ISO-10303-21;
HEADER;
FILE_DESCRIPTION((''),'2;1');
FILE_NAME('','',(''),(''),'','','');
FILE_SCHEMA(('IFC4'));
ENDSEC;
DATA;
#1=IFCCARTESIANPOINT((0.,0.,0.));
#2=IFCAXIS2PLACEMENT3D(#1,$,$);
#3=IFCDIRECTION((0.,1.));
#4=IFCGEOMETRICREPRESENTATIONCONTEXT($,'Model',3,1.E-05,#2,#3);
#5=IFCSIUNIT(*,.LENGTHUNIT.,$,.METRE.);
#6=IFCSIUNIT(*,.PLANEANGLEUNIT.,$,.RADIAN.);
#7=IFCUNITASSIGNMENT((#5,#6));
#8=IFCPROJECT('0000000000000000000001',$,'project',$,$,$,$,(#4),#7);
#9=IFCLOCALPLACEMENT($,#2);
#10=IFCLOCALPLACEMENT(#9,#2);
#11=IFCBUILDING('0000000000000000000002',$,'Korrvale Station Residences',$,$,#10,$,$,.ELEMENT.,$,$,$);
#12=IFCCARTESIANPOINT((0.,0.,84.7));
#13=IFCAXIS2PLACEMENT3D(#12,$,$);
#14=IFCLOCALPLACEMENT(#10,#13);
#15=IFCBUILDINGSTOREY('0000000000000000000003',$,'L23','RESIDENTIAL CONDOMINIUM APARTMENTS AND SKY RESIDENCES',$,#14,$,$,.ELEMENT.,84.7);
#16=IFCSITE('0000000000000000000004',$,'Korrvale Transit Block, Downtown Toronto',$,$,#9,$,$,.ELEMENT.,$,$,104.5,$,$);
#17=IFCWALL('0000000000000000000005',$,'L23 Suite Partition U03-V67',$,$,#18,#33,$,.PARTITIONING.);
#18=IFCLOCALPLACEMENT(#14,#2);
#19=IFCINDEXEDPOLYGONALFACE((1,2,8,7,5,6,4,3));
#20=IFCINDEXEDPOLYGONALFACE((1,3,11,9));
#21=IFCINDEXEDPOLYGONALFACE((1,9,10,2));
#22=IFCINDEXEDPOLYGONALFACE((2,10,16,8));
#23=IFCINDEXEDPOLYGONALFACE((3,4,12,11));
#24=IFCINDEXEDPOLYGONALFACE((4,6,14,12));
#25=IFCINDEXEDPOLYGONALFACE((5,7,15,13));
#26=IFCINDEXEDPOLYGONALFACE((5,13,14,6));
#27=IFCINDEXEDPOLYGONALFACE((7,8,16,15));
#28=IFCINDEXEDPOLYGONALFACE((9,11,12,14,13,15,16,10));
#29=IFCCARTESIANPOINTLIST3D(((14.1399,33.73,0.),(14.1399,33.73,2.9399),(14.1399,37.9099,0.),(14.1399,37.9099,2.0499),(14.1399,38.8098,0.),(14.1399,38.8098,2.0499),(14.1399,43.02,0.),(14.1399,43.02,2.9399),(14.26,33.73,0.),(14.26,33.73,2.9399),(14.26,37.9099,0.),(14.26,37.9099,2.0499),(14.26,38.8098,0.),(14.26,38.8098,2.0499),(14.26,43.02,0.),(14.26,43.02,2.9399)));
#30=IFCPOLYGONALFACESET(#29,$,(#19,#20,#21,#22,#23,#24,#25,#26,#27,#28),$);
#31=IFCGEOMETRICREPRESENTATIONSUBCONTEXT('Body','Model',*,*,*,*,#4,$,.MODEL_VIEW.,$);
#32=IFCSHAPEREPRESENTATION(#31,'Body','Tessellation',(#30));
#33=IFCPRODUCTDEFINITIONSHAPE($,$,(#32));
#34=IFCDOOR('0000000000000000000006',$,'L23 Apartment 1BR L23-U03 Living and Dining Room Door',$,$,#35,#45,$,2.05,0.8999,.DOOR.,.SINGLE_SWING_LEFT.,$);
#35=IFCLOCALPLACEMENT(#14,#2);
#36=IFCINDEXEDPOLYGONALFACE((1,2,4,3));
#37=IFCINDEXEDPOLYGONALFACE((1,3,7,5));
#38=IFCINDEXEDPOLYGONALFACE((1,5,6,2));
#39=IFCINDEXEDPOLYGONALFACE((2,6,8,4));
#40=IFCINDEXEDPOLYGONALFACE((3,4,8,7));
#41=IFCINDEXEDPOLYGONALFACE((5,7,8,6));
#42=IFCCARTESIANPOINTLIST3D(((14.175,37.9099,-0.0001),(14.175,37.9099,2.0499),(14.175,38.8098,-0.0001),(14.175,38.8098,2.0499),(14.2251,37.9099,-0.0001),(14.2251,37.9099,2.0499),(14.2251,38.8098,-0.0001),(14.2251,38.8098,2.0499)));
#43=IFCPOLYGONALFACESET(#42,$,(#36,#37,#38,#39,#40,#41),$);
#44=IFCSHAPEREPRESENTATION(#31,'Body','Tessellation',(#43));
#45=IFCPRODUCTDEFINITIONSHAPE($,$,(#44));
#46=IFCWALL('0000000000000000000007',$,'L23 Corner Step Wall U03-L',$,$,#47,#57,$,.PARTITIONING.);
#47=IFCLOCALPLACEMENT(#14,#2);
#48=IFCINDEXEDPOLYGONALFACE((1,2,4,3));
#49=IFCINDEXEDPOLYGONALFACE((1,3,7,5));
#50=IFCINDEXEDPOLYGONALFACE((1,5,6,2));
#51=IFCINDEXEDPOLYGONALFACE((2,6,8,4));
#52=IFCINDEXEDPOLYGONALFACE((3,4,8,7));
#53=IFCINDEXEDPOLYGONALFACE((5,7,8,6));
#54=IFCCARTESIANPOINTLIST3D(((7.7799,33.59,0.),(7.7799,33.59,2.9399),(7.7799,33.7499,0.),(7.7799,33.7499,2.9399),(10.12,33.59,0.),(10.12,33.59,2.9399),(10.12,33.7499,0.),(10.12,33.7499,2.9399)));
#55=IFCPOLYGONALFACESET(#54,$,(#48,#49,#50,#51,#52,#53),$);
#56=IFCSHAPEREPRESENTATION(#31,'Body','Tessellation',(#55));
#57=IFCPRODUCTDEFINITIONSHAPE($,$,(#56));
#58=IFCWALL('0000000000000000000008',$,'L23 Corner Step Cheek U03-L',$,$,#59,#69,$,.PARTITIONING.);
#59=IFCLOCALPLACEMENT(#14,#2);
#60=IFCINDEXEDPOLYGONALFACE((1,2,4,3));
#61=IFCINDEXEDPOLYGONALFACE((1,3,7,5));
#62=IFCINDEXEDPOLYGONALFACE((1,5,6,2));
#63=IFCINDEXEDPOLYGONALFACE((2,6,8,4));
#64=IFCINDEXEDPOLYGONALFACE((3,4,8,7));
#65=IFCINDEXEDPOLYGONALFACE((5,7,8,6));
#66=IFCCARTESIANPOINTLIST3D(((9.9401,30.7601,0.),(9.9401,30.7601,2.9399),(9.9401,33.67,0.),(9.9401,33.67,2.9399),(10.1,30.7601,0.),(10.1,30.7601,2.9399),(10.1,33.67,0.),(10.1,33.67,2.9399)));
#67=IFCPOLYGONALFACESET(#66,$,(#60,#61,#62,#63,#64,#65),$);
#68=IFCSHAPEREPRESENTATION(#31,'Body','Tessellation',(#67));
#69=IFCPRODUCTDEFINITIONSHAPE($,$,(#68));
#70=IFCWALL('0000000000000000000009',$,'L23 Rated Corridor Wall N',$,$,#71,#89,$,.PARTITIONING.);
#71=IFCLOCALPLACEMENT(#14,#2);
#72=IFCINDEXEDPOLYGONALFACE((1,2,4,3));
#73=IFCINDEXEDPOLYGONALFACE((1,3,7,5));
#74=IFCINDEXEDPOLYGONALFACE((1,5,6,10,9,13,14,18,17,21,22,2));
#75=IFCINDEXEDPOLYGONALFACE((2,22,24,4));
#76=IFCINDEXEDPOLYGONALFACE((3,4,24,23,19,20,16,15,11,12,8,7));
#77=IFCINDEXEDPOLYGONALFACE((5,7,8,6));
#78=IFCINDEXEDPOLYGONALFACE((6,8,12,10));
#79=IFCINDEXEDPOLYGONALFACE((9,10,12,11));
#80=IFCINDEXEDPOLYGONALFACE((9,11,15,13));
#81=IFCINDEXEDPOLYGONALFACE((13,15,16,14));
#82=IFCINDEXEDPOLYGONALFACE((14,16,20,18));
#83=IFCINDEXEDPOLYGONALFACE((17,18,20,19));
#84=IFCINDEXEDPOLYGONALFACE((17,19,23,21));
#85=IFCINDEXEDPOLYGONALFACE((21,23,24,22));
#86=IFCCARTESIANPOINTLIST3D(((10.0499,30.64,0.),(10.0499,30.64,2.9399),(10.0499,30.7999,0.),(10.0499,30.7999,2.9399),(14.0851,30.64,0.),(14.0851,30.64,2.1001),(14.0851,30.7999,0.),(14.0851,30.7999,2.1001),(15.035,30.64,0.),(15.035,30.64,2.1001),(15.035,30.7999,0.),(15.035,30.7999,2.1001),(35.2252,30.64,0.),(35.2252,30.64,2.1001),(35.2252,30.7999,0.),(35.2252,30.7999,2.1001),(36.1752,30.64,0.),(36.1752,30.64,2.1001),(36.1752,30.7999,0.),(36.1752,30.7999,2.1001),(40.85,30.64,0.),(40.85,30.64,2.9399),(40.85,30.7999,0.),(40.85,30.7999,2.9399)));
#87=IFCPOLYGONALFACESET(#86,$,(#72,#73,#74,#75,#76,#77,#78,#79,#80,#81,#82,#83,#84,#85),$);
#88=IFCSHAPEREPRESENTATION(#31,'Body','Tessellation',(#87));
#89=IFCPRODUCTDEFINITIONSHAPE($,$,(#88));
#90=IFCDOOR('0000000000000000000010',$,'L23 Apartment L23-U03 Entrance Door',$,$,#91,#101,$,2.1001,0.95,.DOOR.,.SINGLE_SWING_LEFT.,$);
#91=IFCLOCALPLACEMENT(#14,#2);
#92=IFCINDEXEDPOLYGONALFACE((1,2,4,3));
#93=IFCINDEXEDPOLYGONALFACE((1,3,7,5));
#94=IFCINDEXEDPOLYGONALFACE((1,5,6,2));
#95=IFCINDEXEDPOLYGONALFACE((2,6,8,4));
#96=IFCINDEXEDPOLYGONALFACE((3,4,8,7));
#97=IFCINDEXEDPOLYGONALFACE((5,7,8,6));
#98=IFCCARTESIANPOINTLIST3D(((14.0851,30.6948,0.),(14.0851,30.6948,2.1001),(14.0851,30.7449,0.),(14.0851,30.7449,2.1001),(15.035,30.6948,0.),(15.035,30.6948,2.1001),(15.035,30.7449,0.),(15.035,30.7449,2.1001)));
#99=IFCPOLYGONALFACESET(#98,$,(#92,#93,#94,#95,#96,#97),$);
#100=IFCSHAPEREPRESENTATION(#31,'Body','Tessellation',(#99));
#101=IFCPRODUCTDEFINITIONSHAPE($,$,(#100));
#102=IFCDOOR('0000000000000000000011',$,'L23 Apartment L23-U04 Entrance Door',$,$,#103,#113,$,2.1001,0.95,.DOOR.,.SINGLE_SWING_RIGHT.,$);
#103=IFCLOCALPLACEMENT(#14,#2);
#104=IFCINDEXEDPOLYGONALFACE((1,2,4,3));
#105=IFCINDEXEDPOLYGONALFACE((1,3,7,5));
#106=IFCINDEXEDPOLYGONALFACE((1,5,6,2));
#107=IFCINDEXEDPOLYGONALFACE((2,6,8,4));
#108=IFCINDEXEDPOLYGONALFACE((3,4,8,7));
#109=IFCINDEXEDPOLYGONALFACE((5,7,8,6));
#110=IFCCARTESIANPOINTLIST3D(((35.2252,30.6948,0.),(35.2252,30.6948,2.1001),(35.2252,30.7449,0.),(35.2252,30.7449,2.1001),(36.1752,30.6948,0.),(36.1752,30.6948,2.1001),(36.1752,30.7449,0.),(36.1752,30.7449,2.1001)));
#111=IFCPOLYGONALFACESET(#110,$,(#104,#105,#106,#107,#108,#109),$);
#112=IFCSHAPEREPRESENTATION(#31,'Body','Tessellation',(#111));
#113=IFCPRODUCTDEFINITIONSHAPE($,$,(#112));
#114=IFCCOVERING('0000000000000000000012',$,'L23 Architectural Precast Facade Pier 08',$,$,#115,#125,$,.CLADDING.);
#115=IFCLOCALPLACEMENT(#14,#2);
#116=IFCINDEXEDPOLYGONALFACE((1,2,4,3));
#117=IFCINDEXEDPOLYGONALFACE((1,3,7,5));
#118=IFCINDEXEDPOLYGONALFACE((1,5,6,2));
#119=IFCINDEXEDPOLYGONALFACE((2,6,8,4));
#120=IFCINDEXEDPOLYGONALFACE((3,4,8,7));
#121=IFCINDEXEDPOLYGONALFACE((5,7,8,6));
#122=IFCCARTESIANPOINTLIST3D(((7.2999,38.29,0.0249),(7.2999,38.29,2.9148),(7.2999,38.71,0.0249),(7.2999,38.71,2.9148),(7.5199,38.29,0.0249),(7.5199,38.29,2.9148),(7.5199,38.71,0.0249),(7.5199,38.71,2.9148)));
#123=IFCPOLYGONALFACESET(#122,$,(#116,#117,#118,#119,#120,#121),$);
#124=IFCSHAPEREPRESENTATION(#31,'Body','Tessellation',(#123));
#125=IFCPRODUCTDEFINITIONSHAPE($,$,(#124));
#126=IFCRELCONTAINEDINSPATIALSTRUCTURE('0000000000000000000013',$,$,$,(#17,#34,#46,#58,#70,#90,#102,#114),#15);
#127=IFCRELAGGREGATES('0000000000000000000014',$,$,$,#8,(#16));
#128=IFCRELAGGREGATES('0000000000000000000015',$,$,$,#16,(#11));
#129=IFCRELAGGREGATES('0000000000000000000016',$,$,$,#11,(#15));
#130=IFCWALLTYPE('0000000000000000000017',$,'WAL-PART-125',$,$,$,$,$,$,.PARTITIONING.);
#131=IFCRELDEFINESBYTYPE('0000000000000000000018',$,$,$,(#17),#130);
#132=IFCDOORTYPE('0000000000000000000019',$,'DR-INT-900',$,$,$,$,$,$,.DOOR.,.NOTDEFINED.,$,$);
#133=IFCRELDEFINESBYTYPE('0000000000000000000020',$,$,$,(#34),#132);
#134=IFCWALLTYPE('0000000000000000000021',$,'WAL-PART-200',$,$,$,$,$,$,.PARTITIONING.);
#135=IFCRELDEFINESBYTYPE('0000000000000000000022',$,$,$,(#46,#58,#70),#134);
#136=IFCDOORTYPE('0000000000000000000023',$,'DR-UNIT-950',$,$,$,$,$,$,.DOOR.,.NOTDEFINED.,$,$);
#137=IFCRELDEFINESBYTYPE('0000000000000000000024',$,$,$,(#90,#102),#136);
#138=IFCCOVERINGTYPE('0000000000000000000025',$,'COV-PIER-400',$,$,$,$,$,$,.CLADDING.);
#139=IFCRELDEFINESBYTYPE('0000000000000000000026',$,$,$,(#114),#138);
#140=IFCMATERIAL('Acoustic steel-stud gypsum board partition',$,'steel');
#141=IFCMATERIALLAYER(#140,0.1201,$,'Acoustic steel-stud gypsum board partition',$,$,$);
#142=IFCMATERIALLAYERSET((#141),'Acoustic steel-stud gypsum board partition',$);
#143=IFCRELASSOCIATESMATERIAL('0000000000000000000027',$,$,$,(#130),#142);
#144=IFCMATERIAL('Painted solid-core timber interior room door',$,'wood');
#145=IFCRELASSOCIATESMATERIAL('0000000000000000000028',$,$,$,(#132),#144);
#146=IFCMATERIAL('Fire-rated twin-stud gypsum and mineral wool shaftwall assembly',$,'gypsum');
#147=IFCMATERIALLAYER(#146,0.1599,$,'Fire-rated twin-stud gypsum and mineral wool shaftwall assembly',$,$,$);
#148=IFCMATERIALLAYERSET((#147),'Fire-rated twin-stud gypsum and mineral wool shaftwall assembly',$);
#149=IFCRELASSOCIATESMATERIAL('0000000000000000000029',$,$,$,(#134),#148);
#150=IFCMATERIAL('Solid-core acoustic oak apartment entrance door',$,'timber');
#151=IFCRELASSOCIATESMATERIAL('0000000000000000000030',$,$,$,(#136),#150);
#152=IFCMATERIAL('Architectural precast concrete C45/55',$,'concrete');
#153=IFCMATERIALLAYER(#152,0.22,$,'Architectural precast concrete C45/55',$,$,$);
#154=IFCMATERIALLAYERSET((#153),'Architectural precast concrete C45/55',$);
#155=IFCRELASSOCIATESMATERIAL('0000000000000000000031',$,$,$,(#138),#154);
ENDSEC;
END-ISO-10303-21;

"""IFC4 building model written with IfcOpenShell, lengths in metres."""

from ifc_helpers import new_model, si_unit, direction, frame, frame_2d, origin, origin_2d, place, context, subcontext, project, spatial, rectangle, extrude, material, layer, layer_set, type_object, element, fill, save


model = new_model("IFC4")

# Units and contexts
model_context = context("Model", 3, precision=1e-05, world=origin(), true_north=direction((0.0, 1.0)))
body_context = subcontext(model_context, "Body", "Model", "MODEL_VIEW")
ifc_project = project(units=[si_unit("LENGTHUNIT", "METRE"), si_unit("PLANEANGLEUNIT", "RADIAN")], contexts=[model_context])

# Site, building, storey
site_placement = place(None, origin())
site = spatial("IfcSite", under=ifc_project, at=site_placement, Name="Korrvale Transit Block, Downtown Toronto", CompositionType="ELEMENT", RefElevation=104.5)
building_placement = place(site_placement, origin())
building = spatial("IfcBuilding", under=site, at=building_placement, Name="Korrvale Station Residences", CompositionType="ELEMENT")
storey_placement = place(building_placement, frame((0.0, 0.0, 84.7)))
storey = spatial("IfcBuildingStorey", under=building, at=storey_placement, Name="L23", Description="RESIDENTIAL CONDOMINIUM APARTMENTS AND SKY RESIDENCES", CompositionType="ELEMENT", Elevation=84.7)

# Shared definitions
ifc_material_1 = material(Name="Acoustic steel-stud gypsum board partition", Category="steel")
ifc_layer_1 = layer(ifc_material_1, 0.1201, Name="Acoustic steel-stud gypsum board partition")
ifc_layer_set_1 = layer_set([ifc_layer_1], Name="Acoustic steel-stud gypsum board partition")
wall_type_1 = type_object("IfcWallType", Name="WAL-PART-125", PredefinedType="PARTITIONING", material=ifc_layer_set_1)

# Wall, opening, door
ifc_material_2 = material(Name="Painted solid-core timber interior room door", Category="wood")
door_type_1 = type_object("IfcDoorType", Name="DR-INT-900", OperationType="NOTDEFINED", PredefinedType="DOOR", material=ifc_material_2)
wall_1_placement = place(storey_placement, frame((14.2, 33.73, 0.0), z_axis=(0.0, 0.0, 1.0), x_axis=(0.0, 1.0, 0.0)))
wall_1 = element("IfcWall", 1, at=wall_1_placement, inside=storey, type_object=wall_type_1, Name="L23 Suite Partition U03-V67", PredefinedType="PARTITIONING", context=body_context, shape_type="SweptSolid", body=[
    extrude(rectangle(XDim=9.29, YDim=0.1201, at=frame_2d((4.645, 0.0))), origin(), (0.0, 0.0, 1.0), 2.9399),
])
opening_1_placement = place(wall_1_placement, frame((4.1799, 0.0, 0.0)))
opening_1 = element("IfcOpeningElement", 2, at=opening_1_placement, cuts=wall_1, PredefinedType="OPENING", context=body_context, shape_type="SweptSolid", body=[
    extrude(rectangle(XDim=0.8999, YDim=2.05, at=frame_2d((0.45, 1.0249))), frame((0.0, 0.0701, 0.0), z_axis=(0.0, -1.0, 0.0), x_axis=(1.0, 0.0, 0.0)), (0.0, 0.0, 1.0), 0.1401),
])
door_1_placement = place(opening_1_placement, origin())
door_1 = element("IfcDoor", 3, at=door_1_placement, inside=storey, type_object=door_type_1, Name="L23 Apartment 1BR L23-U03 Living and Dining Room Door", OperationType="SINGLE_SWING_LEFT", OverallHeight=2.05, OverallWidth=0.8999, PredefinedType="DOOR", context=body_context, shape_type="SweptSolid", body=[
    extrude(rectangle(XDim=0.8999, YDim=2.05, at=frame_2d((0.45, 1.0249))), frame((0.0, 0.0249, 0.0), z_axis=(0.0, -1.0, 0.0), x_axis=(1.0, 0.0, 0.0)), (0.0, 0.0, 1.0), 0.05),
])
fill(opening_1, door_1)

# Walls
ifc_material_3 = material(Name="Fire-rated twin-stud gypsum and mineral wool shaftwall assembly", Category="gypsum")
ifc_layer_2 = layer(ifc_material_3, 0.1599, Name="Fire-rated twin-stud gypsum and mineral wool shaftwall assembly")
ifc_layer_set_2 = layer_set([ifc_layer_2], Name="Fire-rated twin-stud gypsum and mineral wool shaftwall assembly")
wall_type_2 = type_object("IfcWallType", Name="WAL-PART-200", PredefinedType="PARTITIONING", material=ifc_layer_set_2)
wall_2_placement = place(storey_placement, frame((7.78, 33.6699, 0.0), z_axis=(0.0, 0.0, 1.0), x_axis=(1.0, 0.0, 0.0)))
element("IfcWall", 4, at=wall_2_placement, inside=storey, type_object=wall_type_2, Name="L23 Corner Step Wall U03-L", PredefinedType="PARTITIONING", context=body_context, shape_type="SweptSolid", body=[
    extrude(rectangle(XDim=2.3401, YDim=0.1599, at=frame_2d((1.1699, 0.0))), origin(), (0.0, 0.0, 1.0), 2.9399),
])
wall_3_placement = place(storey_placement, frame((10.02, 30.76, 0.0), z_axis=(0.0, 0.0, 1.0), x_axis=(0.0, 1.0, 0.0)))
element("IfcWall", 5, at=wall_3_placement, inside=storey, type_object=wall_type_2, Name="L23 Corner Step Cheek U03-L", PredefinedType="PARTITIONING", context=body_context, shape_type="SweptSolid", body=[
    extrude(rectangle(XDim=2.9099, YDim=0.1599, at=frame_2d((1.4551, 0.0))), origin(), (0.0, 0.0, 1.0), 2.9399),
])

# Wall, openings, doors
wall_4_placement = place(storey_placement, frame((10.05, 30.72, 0.0), z_axis=(0.0, 0.0, 1.0), x_axis=(1.0, 0.0, 0.0)))
wall_4 = element("IfcWall", 6, at=wall_4_placement, inside=storey, type_object=wall_type_2, Name="L23 Rated Corridor Wall N", PredefinedType="PARTITIONING", context=body_context, shape_type="SweptSolid", body=[
    extrude(rectangle(XDim=30.8, YDim=0.1599, at=frame_2d((15.3999, 0.0))), origin(), (0.0, 0.0, 1.0), 2.9399),
])
opening_2_placement = place(wall_4_placement, frame((4.0349, 0.0, 0.0)))
opening_2 = element("IfcOpeningElement", 7, at=opening_2_placement, cuts=wall_4, PredefinedType="OPENING", context=body_context, shape_type="SweptSolid", body=[
    extrude(rectangle(XDim=0.95, YDim=2.1001, at=frame_2d((0.4751, 1.05))), frame((0.0, 0.0898, 0.0), z_axis=(0.0, -1.0, 0.0), x_axis=(1.0, 0.0, 0.0)), (0.0, 0.0, 1.0), 0.1799),
])
opening_3_placement = place(wall_4_placement, frame((25.175, 0.0, 0.0)))
opening_3 = element("IfcOpeningElement", 8, at=opening_3_placement, cuts=wall_4, PredefinedType="OPENING", context=body_context, shape_type="SweptSolid", body=[
    extrude(rectangle(XDim=0.95, YDim=2.1001, at=frame_2d((0.4751, 1.05))), frame((0.0, 0.0898, 0.0), z_axis=(0.0, -1.0, 0.0), x_axis=(1.0, 0.0, 0.0)), (0.0, 0.0, 1.0), 0.1799),
])
ifc_material_4 = material(Name="Solid-core acoustic oak apartment entrance door", Category="timber")
door_type_2 = type_object("IfcDoorType", Name="DR-UNIT-950", OperationType="NOTDEFINED", PredefinedType="DOOR", material=ifc_material_4)
door_2_placement = place(opening_2_placement, origin())
door_2 = element("IfcDoor", 9, at=door_2_placement, inside=storey, type_object=door_type_2, Name="L23 Apartment L23-U03 Entrance Door", OperationType="SINGLE_SWING_LEFT", OverallHeight=2.1001, OverallWidth=0.95, PredefinedType="DOOR", context=body_context, shape_type="SweptSolid", body=[
    extrude(rectangle(XDim=0.95, YDim=2.1001, at=frame_2d((0.4751, 1.05))), frame((0.0, 0.0249, 0.0), z_axis=(0.0, -1.0, 0.0), x_axis=(1.0, 0.0, 0.0)), (0.0, 0.0, 1.0), 0.05),
])
fill(opening_2, door_2)
door_3_placement = place(opening_3_placement, origin())
door_3 = element("IfcDoor", 10, at=door_3_placement, inside=storey, type_object=door_type_2, Name="L23 Apartment L23-U04 Entrance Door", OperationType="SINGLE_SWING_RIGHT", OverallHeight=2.1001, OverallWidth=0.95, PredefinedType="DOOR", context=body_context, shape_type="SweptSolid", body=[
    extrude(rectangle(XDim=0.95, YDim=2.1001, at=frame_2d((0.4751, 1.05))), frame((0.0, 0.0249, 0.0), z_axis=(0.0, -1.0, 0.0), x_axis=(1.0, 0.0, 0.0)), (0.0, 0.0, 1.0), 0.05),
])
fill(opening_3, door_3)

# Covering
ifc_material_5 = material(Name="Architectural precast concrete C45/55", Category="concrete")
ifc_layer_3 = layer(ifc_material_5, 0.22, Name="Architectural precast concrete C45/55")
ifc_layer_set_3 = layer_set([ifc_layer_3], Name="Architectural precast concrete C45/55")
covering_type = type_object("IfcCoveringType", Name="COV-PIER-400", PredefinedType="CLADDING", material=ifc_layer_set_3)
covering_placement = place(storey_placement, frame((7.4099, 38.5, 0.0249), z_axis=(0.0, 0.0, 1.0), x_axis=(0.0, 1.0, 0.0)))
element("IfcCovering", 11, at=covering_placement, inside=storey, type_object=covering_type, Name="L23 Architectural Precast Facade Pier 08", PredefinedType="CLADDING", context=body_context, shape_type="SweptSolid", body=[
    extrude(rectangle(XDim=0.4199, YDim=0.22, at=origin_2d()), origin(), (0.0, 0.0, 1.0), 2.8899),
])

save(model, "model.ifc")
